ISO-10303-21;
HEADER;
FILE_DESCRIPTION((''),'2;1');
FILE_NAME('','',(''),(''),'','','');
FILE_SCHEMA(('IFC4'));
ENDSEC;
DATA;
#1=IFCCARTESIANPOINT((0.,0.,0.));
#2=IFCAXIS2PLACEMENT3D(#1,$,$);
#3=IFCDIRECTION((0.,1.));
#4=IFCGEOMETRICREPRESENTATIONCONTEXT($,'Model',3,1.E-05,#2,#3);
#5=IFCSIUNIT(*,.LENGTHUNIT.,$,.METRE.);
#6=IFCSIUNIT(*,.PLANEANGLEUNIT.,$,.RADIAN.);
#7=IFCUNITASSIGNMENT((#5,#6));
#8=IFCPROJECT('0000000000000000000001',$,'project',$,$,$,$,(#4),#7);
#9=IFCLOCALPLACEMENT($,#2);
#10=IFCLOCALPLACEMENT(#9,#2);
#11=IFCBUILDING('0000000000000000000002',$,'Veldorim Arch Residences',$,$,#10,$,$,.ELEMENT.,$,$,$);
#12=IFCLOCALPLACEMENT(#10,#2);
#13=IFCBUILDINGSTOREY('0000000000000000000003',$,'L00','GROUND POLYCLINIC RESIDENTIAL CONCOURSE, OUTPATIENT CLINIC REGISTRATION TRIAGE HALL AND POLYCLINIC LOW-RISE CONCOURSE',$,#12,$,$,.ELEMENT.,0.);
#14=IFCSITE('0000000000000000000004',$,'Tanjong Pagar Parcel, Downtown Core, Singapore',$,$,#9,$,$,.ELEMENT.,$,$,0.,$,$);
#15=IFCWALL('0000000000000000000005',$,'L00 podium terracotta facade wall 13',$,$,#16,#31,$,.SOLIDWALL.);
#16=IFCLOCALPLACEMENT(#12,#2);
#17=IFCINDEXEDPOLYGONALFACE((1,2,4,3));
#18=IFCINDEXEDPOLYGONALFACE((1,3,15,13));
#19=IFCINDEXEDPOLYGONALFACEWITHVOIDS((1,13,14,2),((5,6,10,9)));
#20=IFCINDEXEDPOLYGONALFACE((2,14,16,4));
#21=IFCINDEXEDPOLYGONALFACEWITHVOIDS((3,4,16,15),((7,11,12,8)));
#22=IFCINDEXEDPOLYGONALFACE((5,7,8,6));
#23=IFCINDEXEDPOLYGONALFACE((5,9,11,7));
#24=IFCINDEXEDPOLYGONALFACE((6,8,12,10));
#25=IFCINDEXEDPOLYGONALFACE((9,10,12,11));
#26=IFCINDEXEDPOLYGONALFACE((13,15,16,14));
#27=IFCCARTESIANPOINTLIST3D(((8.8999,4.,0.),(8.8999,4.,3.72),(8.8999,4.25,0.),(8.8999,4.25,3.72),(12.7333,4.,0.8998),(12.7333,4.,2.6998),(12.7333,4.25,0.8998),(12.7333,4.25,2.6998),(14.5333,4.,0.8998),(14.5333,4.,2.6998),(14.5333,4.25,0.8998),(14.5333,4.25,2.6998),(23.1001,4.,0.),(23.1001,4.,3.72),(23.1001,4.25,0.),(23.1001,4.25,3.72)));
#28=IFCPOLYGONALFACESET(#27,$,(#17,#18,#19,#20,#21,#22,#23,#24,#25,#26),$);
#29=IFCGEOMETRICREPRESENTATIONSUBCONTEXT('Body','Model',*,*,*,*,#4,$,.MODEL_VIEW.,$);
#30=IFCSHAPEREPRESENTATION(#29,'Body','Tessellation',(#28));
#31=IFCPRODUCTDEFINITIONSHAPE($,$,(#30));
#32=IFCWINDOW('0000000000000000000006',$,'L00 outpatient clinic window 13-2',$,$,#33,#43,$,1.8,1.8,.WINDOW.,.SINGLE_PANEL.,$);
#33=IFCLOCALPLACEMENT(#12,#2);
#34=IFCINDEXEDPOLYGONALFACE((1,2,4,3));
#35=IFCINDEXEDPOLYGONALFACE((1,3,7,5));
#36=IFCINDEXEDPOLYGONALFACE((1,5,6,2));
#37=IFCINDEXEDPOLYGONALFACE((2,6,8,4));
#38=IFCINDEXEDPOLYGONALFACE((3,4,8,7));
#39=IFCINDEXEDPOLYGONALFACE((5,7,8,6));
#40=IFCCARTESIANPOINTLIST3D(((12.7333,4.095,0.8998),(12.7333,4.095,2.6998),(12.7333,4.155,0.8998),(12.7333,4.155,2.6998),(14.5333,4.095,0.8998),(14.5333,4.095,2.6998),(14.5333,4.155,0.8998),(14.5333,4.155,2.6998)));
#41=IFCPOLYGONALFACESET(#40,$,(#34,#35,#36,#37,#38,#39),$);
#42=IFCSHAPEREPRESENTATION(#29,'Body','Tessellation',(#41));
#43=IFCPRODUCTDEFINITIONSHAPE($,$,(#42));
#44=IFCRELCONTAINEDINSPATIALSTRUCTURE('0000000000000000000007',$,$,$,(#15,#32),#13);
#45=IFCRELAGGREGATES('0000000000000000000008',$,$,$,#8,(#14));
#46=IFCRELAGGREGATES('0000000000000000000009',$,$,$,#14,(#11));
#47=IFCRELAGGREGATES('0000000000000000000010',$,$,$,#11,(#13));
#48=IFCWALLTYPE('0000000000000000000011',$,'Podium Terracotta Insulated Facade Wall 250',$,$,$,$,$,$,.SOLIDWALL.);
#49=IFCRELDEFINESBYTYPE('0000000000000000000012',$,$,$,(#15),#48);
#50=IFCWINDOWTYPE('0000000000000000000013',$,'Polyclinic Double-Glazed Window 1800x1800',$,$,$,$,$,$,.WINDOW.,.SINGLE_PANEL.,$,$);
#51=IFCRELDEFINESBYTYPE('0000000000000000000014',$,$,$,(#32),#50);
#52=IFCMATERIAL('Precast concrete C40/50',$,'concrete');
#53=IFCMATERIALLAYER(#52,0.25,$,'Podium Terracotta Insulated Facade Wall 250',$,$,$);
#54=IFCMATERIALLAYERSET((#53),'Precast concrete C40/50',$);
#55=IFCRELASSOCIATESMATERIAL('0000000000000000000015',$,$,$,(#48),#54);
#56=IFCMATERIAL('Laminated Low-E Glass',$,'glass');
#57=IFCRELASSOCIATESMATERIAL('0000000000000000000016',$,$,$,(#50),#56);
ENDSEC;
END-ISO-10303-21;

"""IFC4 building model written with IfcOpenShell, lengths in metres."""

from ifc_helpers import new_model, si_unit, direction, frame, frame_2d, origin, place, context, subcontext, project, spatial, rectangle, extrude, material, layer, layer_set, type_object, element, fill, save


model = new_model("IFC4")

# Units and contexts
model_context = context("Model", 3, precision=1e-05, world=origin(), true_north=direction((0.0, 1.0)))
body_context = subcontext(model_context, "Body", "Model", "MODEL_VIEW")
ifc_project = project(units=[si_unit("LENGTHUNIT", "METRE"), si_unit("PLANEANGLEUNIT", "RADIAN")], contexts=[model_context])

# Site, building, storey
site_placement = place(None, origin())
site = spatial("IfcSite", under=ifc_project, at=site_placement, Name="Tanjong Pagar Parcel, Downtown Core, Singapore", CompositionType="ELEMENT", RefElevation=0.0)
building_placement = place(site_placement, origin())
building = spatial("IfcBuilding", under=site, at=building_placement, Name="Veldorim Arch Residences", CompositionType="ELEMENT")
storey_placement = place(building_placement, origin())
storey = spatial("IfcBuildingStorey", under=building, at=storey_placement, Name="L00", Description="GROUND POLYCLINIC RESIDENTIAL CONCOURSE, OUTPATIENT CLINIC REGISTRATION TRIAGE HALL AND POLYCLINIC LOW-RISE CONCOURSE", CompositionType="ELEMENT", Elevation=0.0)

# Wall, opening, window
ifc_material_1 = material(Name="Precast concrete C40/50", Category="concrete")
ifc_layer_1 = layer(ifc_material_1, 0.25, Name="Podium Terracotta Insulated Facade Wall 250")
ifc_layer_set_1 = layer_set([ifc_layer_1], Name="Precast concrete C40/50")
wall_type_1 = type_object("IfcWallType", Name="Podium Terracotta Insulated Facade Wall 250", PredefinedType="SOLIDWALL", material=ifc_layer_set_1)
ifc_material_2 = material(Name="Laminated Low-E Glass", Category="glass")
window_type = type_object("IfcWindowType", Name="Polyclinic Double-Glazed Window 1800x1800", PartitioningType="SINGLE_PANEL", PredefinedType="WINDOW", material=ifc_material_2)
wall_1_placement = place(storey_placement, frame((23.1001, 4.125, 0.0), z_axis=(0.0, 0.0, 1.0), x_axis=(-1.0, 0.0, 0.0)))
wall_1 = element("IfcWall", 1, at=wall_1_placement, inside=storey, type_object=wall_type_1, Name="L00 podium terracotta facade wall 13", PredefinedType="SOLIDWALL", context=body_context, shape_type="SweptSolid", body=[
    extrude(rectangle(XDim=14.2002, YDim=0.25, at=frame_2d((7.1001, 0.0))), origin(), (0.0, 0.0, 1.0), 3.72),
])
opening_1_placement = place(wall_1_placement, frame((8.5669, 0.0, 0.8999)))
opening_1 = element("IfcOpeningElement", 2, at=opening_1_placement, cuts=wall_1, PredefinedType="OPENING", context=body_context, shape_type="SweptSolid", body=[
    extrude(rectangle(XDim=1.8, YDim=1.8, at=frame_2d((0.8999, 0.8999))), frame((0.0, 0.135, 0.0), z_axis=(0.0, -1.0, 0.0), x_axis=(1.0, 0.0, 0.0)), (0.0, 0.0, 1.0), 0.27),
])
window_1_placement = place(opening_1_placement, origin())
window_1 = element("IfcWindow", 3, at=window_1_placement, inside=storey, type_object=window_type, Name="L00 outpatient clinic window 13-2", OverallHeight=1.8, OverallWidth=1.8, PartitioningType="SINGLE_PANEL", PredefinedType="WINDOW", context=body_context, shape_type="SweptSolid", body=[
    extrude(rectangle(XDim=1.8, YDim=1.8, at=frame_2d((0.8999, 0.8999))), frame((0.0, 0.03, 0.0), z_axis=(0.0, -1.0, 0.0), x_axis=(1.0, 0.0, 0.0)), (0.0, 0.0, 1.0), 0.0601),
])
fill(opening_1, window_1)

save(model, "model.ifc")
